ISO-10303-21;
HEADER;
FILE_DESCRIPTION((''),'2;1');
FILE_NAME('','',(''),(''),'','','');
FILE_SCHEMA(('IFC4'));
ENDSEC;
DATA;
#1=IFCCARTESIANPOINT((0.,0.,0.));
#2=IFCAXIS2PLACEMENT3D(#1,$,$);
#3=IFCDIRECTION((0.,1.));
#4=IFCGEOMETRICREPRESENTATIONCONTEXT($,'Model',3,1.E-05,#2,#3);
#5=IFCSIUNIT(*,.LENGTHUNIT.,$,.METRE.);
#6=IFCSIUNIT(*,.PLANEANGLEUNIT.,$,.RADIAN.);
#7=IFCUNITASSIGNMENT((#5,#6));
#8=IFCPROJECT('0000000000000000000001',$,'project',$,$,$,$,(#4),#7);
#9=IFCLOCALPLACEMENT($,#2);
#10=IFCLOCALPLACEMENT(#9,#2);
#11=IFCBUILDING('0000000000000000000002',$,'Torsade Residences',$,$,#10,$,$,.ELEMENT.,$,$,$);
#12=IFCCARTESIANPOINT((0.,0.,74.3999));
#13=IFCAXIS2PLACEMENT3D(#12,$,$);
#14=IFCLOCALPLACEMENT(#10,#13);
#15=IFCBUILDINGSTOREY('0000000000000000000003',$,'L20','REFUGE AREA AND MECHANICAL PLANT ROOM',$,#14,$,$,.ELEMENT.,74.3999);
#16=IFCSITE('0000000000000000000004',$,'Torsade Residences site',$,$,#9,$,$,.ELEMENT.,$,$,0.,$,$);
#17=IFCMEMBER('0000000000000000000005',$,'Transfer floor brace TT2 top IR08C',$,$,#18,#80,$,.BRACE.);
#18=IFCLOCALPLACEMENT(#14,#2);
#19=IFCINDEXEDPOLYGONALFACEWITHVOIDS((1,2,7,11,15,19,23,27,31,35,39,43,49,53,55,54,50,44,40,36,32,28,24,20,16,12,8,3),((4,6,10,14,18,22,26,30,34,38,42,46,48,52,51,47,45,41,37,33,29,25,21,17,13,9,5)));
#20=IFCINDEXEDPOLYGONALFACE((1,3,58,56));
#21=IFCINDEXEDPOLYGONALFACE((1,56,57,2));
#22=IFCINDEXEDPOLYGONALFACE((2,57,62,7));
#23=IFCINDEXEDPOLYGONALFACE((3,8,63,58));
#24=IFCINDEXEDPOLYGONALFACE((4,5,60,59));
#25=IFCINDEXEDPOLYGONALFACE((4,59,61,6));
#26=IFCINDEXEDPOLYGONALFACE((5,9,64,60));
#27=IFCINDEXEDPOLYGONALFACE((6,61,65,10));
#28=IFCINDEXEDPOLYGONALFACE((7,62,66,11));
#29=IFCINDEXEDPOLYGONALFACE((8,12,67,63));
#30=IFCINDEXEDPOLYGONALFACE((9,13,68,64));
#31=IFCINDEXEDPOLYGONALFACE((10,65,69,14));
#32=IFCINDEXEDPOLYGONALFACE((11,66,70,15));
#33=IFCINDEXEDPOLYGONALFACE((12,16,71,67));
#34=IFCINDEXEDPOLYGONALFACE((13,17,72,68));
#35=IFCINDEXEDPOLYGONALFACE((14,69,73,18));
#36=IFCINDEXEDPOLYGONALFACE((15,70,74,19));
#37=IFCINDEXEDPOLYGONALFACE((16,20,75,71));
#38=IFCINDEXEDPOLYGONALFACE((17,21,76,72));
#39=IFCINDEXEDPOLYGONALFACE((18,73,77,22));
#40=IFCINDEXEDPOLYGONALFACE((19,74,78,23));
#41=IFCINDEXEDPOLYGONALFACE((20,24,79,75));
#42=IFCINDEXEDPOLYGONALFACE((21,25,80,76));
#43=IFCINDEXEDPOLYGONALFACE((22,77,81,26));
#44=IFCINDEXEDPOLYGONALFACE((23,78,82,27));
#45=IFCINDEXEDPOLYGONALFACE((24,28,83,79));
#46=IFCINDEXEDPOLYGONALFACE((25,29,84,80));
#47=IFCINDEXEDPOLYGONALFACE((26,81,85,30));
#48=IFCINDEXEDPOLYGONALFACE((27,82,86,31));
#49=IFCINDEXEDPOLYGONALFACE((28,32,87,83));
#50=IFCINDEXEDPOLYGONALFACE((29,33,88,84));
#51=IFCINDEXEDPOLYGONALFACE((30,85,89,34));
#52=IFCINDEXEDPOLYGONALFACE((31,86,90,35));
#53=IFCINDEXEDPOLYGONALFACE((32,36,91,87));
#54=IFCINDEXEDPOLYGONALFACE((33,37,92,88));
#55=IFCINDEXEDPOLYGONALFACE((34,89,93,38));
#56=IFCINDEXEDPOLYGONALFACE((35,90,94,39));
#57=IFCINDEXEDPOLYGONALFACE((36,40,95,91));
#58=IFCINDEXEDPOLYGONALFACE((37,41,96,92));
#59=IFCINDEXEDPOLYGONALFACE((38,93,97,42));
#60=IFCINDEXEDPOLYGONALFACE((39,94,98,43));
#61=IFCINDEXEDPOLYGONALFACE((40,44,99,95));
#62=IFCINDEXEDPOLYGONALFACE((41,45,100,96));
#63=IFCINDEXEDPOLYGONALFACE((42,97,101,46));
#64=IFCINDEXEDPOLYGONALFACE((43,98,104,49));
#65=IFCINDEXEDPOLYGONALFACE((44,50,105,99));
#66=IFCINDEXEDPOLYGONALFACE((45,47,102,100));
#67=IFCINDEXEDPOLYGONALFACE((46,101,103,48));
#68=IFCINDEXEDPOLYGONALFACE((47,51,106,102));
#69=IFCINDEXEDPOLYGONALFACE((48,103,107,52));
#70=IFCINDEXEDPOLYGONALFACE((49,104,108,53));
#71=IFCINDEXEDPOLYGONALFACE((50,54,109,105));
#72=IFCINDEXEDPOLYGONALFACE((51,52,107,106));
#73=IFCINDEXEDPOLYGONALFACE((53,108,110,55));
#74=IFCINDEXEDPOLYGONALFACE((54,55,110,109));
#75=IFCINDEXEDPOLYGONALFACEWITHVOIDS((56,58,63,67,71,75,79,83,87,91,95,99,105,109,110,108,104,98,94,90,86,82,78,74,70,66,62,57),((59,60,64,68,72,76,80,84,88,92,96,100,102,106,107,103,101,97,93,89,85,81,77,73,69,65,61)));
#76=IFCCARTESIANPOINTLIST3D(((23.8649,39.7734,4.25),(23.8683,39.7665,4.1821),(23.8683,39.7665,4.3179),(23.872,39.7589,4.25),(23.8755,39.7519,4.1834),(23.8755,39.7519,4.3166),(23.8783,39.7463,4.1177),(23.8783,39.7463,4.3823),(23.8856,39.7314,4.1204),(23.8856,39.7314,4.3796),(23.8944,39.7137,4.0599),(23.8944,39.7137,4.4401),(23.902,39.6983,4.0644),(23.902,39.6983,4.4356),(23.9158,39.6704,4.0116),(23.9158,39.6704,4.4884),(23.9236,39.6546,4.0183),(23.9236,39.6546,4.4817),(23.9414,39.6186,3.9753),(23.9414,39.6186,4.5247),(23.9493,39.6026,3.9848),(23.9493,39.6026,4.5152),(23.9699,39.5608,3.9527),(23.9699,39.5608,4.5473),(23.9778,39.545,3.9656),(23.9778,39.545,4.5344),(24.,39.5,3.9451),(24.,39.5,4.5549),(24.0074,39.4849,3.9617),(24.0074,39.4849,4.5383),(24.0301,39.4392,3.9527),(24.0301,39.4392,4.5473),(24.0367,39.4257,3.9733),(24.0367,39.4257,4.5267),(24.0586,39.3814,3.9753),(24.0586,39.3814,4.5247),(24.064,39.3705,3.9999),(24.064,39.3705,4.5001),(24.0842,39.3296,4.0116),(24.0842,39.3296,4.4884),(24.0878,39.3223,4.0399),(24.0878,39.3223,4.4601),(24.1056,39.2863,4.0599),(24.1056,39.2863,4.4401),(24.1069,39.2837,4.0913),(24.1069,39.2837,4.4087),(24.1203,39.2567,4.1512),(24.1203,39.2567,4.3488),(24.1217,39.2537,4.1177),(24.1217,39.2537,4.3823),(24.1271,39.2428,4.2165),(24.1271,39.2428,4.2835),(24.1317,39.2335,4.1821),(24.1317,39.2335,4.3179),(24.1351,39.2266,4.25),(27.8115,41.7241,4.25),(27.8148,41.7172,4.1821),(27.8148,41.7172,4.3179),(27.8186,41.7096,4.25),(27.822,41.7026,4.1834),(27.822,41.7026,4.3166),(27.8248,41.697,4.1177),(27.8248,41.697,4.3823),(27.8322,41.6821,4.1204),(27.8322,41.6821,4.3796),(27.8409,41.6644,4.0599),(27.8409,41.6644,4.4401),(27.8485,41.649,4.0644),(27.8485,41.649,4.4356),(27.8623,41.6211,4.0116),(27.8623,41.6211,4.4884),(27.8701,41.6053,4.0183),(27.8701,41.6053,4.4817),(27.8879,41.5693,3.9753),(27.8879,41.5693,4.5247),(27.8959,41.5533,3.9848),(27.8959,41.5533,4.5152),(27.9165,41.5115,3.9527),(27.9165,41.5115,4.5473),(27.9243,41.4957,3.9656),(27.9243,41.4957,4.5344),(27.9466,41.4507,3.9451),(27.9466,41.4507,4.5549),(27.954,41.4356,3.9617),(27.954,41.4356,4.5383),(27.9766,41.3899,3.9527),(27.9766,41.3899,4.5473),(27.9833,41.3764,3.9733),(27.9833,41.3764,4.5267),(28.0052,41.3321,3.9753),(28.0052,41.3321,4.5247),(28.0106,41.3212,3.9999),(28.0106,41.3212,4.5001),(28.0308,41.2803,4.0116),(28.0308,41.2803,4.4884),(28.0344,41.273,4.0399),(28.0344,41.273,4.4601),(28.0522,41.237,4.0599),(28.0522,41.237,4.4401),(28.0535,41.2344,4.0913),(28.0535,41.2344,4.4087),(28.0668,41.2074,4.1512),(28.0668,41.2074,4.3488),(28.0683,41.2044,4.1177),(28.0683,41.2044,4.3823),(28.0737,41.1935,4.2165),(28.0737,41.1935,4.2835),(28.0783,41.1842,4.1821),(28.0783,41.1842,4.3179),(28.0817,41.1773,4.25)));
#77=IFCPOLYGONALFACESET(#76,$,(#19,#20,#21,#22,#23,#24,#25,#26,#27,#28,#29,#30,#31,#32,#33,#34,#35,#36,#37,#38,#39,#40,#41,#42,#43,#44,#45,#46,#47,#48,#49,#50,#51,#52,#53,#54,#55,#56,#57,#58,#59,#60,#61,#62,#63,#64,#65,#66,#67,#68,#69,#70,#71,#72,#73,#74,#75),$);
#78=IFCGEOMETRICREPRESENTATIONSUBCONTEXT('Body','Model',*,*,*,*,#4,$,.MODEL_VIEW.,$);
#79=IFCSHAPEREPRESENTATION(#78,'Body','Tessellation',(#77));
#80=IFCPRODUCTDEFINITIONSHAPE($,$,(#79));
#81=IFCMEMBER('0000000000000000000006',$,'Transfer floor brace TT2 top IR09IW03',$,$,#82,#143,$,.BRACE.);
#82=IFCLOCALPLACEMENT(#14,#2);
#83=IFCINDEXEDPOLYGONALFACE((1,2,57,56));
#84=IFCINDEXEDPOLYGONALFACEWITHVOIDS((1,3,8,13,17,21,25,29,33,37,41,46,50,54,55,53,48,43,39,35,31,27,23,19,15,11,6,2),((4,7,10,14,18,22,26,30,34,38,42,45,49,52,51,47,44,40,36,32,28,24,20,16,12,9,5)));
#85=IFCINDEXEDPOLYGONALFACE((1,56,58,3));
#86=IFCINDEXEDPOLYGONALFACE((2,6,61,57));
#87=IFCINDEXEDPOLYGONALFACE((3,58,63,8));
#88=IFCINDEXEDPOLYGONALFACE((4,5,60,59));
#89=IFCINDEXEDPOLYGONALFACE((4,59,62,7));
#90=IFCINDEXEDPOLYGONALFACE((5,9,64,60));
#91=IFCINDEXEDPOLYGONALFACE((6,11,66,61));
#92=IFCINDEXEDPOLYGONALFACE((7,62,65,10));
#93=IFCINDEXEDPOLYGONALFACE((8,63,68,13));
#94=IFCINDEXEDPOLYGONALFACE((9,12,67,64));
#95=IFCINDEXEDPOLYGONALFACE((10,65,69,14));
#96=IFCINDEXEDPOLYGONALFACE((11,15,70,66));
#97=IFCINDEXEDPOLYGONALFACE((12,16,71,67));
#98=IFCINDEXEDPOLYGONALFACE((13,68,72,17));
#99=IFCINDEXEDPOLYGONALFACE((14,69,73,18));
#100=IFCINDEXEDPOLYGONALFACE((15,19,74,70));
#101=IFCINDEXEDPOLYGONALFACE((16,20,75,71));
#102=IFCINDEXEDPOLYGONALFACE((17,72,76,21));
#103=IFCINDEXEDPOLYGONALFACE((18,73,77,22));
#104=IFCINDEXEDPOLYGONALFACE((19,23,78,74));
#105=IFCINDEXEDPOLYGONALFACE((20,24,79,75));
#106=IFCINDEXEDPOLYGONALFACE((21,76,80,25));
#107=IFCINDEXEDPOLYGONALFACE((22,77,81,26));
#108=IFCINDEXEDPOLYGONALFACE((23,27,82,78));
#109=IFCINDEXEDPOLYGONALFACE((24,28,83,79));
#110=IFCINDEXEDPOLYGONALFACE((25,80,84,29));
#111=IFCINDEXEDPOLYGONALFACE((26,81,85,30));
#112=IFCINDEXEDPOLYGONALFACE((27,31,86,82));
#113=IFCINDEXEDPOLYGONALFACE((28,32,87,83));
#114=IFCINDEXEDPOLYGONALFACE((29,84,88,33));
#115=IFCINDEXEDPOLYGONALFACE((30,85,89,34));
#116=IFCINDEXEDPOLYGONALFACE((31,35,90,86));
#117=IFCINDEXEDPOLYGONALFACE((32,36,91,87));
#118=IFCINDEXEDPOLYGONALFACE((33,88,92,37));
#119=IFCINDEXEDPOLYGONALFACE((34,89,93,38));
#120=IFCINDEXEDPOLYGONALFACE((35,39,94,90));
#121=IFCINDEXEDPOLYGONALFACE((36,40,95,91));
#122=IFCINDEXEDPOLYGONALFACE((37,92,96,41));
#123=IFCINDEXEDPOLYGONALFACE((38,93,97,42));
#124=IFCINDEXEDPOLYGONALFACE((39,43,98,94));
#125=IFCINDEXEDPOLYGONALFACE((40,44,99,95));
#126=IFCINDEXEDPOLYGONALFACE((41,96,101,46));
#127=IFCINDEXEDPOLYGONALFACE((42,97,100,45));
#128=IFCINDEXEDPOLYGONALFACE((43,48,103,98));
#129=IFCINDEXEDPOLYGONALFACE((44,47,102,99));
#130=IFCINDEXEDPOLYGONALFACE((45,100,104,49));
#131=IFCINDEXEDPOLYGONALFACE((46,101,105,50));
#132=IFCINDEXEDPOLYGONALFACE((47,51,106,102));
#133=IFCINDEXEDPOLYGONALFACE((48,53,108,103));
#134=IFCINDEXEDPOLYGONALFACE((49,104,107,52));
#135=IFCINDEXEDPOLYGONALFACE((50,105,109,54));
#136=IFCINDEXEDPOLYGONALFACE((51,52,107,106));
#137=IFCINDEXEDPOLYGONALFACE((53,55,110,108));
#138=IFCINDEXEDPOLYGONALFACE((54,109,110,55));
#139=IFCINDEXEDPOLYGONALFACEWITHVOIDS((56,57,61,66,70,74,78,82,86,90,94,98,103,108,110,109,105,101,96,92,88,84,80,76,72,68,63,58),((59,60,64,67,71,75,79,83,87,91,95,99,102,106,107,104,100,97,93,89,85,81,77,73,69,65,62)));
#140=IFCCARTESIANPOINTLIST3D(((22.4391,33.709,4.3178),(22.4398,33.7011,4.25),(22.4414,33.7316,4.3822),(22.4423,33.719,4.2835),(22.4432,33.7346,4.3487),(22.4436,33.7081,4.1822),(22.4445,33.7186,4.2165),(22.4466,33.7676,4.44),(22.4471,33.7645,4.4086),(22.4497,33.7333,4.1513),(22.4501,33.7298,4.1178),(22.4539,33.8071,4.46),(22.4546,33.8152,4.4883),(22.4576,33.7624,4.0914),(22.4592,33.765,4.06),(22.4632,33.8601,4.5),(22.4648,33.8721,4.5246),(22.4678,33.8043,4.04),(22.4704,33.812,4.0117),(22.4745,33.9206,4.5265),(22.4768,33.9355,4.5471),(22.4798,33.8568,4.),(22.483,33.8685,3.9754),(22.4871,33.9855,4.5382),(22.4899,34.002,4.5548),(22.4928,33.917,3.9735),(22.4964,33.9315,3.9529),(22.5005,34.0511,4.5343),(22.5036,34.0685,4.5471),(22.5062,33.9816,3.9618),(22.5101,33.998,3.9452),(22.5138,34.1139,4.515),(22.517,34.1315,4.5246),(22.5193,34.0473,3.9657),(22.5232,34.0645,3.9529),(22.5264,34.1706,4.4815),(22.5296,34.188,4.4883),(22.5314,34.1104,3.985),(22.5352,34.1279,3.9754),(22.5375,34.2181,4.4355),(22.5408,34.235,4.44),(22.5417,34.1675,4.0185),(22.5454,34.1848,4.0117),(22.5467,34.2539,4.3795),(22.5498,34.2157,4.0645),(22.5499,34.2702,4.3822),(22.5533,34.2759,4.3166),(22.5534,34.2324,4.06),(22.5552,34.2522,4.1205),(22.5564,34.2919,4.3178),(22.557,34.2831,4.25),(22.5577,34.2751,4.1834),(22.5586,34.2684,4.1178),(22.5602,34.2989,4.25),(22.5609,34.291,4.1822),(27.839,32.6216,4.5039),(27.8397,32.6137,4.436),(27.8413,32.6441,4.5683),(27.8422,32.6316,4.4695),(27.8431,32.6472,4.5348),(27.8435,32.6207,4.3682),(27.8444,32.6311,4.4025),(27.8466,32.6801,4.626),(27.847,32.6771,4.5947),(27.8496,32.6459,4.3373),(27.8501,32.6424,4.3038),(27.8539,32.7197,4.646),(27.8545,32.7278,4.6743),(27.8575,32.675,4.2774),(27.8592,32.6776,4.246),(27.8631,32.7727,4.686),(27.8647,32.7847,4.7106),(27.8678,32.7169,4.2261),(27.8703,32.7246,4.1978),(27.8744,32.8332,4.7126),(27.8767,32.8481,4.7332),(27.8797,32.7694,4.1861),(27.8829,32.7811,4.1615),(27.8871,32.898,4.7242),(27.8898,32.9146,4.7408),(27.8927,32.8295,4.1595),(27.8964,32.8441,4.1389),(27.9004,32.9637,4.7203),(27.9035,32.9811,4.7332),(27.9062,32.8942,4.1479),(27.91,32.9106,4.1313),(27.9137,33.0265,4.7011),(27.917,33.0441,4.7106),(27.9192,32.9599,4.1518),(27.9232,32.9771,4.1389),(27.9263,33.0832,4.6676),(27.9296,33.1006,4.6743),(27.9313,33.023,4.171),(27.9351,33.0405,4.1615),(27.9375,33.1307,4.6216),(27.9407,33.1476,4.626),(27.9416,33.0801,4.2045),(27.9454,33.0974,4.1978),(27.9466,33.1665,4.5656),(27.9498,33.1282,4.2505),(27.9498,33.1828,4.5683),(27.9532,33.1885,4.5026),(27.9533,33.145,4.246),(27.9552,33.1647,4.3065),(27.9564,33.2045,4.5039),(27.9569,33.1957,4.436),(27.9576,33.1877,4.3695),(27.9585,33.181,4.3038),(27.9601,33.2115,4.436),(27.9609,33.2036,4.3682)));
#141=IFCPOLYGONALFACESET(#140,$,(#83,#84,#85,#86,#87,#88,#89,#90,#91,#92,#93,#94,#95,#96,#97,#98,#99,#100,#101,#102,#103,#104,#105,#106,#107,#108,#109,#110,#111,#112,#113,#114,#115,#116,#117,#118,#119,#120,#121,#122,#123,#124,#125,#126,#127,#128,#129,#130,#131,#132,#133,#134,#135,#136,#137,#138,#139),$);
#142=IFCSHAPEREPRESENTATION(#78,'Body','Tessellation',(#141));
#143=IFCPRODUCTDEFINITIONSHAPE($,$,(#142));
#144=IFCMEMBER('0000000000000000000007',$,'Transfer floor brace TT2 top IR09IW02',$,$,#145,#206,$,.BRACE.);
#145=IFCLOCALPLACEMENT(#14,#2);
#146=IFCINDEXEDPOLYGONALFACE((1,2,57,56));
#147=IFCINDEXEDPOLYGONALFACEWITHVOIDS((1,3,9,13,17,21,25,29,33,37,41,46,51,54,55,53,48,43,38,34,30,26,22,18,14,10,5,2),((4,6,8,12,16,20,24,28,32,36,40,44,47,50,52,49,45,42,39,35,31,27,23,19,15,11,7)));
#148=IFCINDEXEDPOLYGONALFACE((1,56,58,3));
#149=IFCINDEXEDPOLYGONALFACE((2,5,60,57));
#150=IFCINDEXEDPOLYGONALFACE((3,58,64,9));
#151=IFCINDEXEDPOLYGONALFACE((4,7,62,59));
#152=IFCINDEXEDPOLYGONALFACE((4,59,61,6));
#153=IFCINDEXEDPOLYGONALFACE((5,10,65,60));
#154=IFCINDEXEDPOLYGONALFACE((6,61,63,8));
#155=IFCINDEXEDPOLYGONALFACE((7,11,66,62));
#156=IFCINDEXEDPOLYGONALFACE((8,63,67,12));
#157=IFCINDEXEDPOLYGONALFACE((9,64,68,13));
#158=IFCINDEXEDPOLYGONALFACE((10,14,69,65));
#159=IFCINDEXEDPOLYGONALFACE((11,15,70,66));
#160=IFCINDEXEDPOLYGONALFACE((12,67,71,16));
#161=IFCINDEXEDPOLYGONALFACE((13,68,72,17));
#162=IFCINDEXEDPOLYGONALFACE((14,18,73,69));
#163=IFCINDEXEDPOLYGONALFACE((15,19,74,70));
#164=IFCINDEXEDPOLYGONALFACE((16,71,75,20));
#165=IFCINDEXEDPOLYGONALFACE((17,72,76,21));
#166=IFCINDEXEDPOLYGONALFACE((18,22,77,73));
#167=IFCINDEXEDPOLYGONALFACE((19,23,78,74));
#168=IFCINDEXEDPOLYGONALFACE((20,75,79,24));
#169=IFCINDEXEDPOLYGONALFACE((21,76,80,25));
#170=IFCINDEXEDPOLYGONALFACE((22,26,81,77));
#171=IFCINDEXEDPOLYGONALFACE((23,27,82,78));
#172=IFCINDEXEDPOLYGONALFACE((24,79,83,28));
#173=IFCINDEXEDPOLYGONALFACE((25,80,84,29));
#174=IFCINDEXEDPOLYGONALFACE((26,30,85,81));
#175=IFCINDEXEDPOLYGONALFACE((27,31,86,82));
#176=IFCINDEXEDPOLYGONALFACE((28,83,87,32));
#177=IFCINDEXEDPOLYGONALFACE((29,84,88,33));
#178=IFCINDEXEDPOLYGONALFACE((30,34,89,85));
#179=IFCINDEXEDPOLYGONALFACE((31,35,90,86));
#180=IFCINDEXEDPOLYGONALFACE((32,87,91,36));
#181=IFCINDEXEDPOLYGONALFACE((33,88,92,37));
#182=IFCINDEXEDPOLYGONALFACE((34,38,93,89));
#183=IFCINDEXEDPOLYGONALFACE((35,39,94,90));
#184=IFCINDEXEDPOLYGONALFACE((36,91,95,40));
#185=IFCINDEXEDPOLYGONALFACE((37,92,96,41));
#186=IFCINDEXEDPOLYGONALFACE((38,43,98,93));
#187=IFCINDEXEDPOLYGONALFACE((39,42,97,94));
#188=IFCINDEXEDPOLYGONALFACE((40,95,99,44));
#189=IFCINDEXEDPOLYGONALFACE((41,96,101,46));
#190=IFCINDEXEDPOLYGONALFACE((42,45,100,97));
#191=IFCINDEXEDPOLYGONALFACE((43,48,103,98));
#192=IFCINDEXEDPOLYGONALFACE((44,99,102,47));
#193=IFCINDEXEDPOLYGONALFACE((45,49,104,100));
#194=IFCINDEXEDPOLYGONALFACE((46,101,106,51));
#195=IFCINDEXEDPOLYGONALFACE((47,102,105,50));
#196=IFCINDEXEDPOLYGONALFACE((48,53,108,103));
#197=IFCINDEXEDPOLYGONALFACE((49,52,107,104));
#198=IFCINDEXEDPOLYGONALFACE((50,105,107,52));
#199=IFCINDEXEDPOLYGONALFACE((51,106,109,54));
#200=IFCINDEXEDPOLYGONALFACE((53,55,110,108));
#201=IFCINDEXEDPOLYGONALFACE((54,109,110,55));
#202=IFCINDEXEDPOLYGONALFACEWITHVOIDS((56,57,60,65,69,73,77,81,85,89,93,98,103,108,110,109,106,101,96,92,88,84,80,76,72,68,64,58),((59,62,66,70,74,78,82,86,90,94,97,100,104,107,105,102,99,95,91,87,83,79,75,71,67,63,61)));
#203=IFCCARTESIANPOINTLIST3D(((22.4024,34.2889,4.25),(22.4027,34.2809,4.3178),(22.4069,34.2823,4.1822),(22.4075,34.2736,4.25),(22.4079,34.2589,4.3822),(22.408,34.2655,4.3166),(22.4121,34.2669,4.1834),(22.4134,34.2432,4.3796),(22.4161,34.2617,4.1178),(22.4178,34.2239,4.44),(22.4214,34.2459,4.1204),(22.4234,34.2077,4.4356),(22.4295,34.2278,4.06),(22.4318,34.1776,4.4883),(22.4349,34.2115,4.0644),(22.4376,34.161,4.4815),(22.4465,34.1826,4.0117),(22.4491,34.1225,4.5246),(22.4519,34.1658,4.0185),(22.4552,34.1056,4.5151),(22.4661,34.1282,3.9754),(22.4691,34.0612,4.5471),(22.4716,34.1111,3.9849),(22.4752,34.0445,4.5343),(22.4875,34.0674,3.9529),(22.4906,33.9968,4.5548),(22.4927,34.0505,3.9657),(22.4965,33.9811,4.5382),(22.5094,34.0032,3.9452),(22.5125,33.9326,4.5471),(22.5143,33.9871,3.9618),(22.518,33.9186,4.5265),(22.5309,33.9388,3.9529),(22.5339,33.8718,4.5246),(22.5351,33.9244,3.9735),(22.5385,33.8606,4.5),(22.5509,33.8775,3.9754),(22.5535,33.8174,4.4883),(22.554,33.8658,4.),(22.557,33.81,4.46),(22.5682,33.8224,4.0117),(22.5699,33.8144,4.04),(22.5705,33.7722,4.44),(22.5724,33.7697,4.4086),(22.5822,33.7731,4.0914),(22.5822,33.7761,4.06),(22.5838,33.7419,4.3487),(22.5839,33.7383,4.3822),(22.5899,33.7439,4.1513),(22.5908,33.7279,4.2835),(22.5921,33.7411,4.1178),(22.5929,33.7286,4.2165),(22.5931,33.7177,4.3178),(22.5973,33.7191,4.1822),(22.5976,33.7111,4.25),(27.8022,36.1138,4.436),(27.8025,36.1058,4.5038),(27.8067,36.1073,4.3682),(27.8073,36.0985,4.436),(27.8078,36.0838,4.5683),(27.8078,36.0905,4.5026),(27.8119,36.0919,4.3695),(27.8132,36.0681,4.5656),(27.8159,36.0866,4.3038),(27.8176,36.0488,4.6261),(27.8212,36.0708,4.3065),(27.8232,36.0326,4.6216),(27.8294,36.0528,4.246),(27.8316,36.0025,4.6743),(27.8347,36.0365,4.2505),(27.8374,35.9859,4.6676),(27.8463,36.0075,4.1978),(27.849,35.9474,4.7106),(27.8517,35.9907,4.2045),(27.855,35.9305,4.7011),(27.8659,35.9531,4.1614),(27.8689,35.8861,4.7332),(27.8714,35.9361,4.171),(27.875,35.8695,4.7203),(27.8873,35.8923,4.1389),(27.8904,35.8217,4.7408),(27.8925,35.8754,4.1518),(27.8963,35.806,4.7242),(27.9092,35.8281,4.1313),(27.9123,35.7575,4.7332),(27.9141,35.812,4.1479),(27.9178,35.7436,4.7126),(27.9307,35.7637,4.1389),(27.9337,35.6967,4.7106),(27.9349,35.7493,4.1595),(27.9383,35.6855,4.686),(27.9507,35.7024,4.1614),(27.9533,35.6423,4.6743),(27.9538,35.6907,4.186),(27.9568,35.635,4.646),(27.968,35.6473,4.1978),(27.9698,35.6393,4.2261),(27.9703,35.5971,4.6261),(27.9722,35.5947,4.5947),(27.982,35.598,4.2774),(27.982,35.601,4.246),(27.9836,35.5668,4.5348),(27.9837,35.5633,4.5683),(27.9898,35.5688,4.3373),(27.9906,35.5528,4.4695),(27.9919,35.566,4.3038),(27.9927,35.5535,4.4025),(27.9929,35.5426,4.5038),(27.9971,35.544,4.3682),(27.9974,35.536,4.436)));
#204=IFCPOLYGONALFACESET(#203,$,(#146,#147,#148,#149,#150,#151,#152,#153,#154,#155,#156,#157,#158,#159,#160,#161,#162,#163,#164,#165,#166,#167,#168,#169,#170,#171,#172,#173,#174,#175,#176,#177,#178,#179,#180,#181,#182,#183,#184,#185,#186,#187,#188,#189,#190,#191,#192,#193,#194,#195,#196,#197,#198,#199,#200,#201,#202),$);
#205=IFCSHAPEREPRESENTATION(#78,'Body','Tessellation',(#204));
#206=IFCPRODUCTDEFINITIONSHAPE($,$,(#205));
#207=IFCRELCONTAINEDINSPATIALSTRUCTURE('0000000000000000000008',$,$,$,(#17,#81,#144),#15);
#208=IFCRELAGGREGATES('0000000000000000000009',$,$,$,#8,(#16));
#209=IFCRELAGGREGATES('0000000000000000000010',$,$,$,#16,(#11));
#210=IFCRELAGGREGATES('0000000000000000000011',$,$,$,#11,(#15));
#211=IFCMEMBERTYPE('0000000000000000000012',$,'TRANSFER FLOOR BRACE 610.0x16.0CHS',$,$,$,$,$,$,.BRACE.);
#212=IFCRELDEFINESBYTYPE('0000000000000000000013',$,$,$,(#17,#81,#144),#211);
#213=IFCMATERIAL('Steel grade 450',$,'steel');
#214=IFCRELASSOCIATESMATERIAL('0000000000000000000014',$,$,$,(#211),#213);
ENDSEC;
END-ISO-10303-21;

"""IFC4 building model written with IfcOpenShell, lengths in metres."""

from ifc_helpers import new_model, si_unit, direction, frame, origin, origin_2d, place, context, subcontext, project, spatial, hollow_circle, extrude, material, material_profile, profile_set, type_object, element, save


model = new_model("IFC4")

# Units and contexts
model_context = context("Model", 3, precision=1e-05, world=origin(), true_north=direction((0.0, 1.0)))
body_context = subcontext(model_context, "Body", "Model", "MODEL_VIEW")
ifc_project = project(units=[si_unit("LENGTHUNIT", "METRE"), si_unit("PLANEANGLEUNIT", "RADIAN")], contexts=[model_context])

# Site, building, storey
site_placement = place(None, origin())
site = spatial("IfcSite", under=ifc_project, at=site_placement, Name="Torsade Residences site", CompositionType="ELEMENT", RefElevation=0.0)
building_placement = place(site_placement, origin())
building = spatial("IfcBuilding", under=site, at=building_placement, Name="Torsade Residences", CompositionType="ELEMENT")
storey_placement = place(building_placement, frame((0.0, 0.0, 74.3999)))
storey = spatial("IfcBuildingStorey", under=building, at=storey_placement, Name="L20", Description="REFUGE AREA AND MECHANICAL PLANT ROOM", CompositionType="ELEMENT", Elevation=74.3999)

# Members
ifc_material_1 = material(Name="Steel grade 450", Category="steel")
ifc_material_profile_1 = material_profile(ifc_material_1, hollow_circle(Radius=0.3049, WallThickness=0.0161, at=origin_2d()), Name="610.0x16.0CHS")
ifc_profile_set_1 = profile_set([ifc_material_profile_1], Name="Steel grade 450")
member_type_1 = type_object("IfcMemberType", Name="TRANSFER FLOOR BRACE 610.0x16.0CHS", PredefinedType="BRACE", material=ifc_profile_set_1)
member_1_placement = place(storey_placement, frame((24.0, 39.5, 4.25), z_axis=(0.89647, 0.443105, 0.0), x_axis=(-0.443105, 0.89647, 0.0)))
element("IfcMember", 1, at=member_1_placement, inside=storey, type_object=member_type_1, Name="Transfer floor brace TT2 top IR08C", PredefinedType="BRACE", context=body_context, shape_type="SweptSolid", body=[
    extrude(hollow_circle(Radius=0.3049, WallThickness=0.0161, at=origin_2d()), origin(), (0.0, 0.0, 1.0), 4.4023),
])
member_2_placement = place(storey_placement, frame((22.5, 34.0, 4.25), z_axis=(0.979762, -0.197299, 0.033754), x_axis=(0.197412, 0.980321, 0.0)))
element("IfcMember", 2, at=member_2_placement, inside=storey, type_object=member_type_1, Name="Transfer floor brace TT2 top IR09IW03", PredefinedType="BRACE", context=body_context, shape_type="SweptSolid", body=[
    extrude(hollow_circle(Radius=0.3049, WallThickness=0.0161, at=origin_2d()), origin(), (0.0, 0.0, 1.0), 5.5115),
])
member_3_placement = place(storey_placement, frame((22.5, 34.0, 4.25), z_axis=(0.946856, 0.319999, 0.032621), x_axis=(-0.32017, 0.94736, 0.0)))
element("IfcMember", 3, at=member_3_placement, inside=storey, type_object=member_type_1, Name="Transfer floor brace TT2 top IR09IW02", PredefinedType="BRACE", context=body_context, shape_type="SweptSolid", body=[
    extrude(hollow_circle(Radius=0.3049, WallThickness=0.0161, at=origin_2d()), origin(), (0.0, 0.0, 1.0), 5.7029),
])

save(model, "model.ifc")
